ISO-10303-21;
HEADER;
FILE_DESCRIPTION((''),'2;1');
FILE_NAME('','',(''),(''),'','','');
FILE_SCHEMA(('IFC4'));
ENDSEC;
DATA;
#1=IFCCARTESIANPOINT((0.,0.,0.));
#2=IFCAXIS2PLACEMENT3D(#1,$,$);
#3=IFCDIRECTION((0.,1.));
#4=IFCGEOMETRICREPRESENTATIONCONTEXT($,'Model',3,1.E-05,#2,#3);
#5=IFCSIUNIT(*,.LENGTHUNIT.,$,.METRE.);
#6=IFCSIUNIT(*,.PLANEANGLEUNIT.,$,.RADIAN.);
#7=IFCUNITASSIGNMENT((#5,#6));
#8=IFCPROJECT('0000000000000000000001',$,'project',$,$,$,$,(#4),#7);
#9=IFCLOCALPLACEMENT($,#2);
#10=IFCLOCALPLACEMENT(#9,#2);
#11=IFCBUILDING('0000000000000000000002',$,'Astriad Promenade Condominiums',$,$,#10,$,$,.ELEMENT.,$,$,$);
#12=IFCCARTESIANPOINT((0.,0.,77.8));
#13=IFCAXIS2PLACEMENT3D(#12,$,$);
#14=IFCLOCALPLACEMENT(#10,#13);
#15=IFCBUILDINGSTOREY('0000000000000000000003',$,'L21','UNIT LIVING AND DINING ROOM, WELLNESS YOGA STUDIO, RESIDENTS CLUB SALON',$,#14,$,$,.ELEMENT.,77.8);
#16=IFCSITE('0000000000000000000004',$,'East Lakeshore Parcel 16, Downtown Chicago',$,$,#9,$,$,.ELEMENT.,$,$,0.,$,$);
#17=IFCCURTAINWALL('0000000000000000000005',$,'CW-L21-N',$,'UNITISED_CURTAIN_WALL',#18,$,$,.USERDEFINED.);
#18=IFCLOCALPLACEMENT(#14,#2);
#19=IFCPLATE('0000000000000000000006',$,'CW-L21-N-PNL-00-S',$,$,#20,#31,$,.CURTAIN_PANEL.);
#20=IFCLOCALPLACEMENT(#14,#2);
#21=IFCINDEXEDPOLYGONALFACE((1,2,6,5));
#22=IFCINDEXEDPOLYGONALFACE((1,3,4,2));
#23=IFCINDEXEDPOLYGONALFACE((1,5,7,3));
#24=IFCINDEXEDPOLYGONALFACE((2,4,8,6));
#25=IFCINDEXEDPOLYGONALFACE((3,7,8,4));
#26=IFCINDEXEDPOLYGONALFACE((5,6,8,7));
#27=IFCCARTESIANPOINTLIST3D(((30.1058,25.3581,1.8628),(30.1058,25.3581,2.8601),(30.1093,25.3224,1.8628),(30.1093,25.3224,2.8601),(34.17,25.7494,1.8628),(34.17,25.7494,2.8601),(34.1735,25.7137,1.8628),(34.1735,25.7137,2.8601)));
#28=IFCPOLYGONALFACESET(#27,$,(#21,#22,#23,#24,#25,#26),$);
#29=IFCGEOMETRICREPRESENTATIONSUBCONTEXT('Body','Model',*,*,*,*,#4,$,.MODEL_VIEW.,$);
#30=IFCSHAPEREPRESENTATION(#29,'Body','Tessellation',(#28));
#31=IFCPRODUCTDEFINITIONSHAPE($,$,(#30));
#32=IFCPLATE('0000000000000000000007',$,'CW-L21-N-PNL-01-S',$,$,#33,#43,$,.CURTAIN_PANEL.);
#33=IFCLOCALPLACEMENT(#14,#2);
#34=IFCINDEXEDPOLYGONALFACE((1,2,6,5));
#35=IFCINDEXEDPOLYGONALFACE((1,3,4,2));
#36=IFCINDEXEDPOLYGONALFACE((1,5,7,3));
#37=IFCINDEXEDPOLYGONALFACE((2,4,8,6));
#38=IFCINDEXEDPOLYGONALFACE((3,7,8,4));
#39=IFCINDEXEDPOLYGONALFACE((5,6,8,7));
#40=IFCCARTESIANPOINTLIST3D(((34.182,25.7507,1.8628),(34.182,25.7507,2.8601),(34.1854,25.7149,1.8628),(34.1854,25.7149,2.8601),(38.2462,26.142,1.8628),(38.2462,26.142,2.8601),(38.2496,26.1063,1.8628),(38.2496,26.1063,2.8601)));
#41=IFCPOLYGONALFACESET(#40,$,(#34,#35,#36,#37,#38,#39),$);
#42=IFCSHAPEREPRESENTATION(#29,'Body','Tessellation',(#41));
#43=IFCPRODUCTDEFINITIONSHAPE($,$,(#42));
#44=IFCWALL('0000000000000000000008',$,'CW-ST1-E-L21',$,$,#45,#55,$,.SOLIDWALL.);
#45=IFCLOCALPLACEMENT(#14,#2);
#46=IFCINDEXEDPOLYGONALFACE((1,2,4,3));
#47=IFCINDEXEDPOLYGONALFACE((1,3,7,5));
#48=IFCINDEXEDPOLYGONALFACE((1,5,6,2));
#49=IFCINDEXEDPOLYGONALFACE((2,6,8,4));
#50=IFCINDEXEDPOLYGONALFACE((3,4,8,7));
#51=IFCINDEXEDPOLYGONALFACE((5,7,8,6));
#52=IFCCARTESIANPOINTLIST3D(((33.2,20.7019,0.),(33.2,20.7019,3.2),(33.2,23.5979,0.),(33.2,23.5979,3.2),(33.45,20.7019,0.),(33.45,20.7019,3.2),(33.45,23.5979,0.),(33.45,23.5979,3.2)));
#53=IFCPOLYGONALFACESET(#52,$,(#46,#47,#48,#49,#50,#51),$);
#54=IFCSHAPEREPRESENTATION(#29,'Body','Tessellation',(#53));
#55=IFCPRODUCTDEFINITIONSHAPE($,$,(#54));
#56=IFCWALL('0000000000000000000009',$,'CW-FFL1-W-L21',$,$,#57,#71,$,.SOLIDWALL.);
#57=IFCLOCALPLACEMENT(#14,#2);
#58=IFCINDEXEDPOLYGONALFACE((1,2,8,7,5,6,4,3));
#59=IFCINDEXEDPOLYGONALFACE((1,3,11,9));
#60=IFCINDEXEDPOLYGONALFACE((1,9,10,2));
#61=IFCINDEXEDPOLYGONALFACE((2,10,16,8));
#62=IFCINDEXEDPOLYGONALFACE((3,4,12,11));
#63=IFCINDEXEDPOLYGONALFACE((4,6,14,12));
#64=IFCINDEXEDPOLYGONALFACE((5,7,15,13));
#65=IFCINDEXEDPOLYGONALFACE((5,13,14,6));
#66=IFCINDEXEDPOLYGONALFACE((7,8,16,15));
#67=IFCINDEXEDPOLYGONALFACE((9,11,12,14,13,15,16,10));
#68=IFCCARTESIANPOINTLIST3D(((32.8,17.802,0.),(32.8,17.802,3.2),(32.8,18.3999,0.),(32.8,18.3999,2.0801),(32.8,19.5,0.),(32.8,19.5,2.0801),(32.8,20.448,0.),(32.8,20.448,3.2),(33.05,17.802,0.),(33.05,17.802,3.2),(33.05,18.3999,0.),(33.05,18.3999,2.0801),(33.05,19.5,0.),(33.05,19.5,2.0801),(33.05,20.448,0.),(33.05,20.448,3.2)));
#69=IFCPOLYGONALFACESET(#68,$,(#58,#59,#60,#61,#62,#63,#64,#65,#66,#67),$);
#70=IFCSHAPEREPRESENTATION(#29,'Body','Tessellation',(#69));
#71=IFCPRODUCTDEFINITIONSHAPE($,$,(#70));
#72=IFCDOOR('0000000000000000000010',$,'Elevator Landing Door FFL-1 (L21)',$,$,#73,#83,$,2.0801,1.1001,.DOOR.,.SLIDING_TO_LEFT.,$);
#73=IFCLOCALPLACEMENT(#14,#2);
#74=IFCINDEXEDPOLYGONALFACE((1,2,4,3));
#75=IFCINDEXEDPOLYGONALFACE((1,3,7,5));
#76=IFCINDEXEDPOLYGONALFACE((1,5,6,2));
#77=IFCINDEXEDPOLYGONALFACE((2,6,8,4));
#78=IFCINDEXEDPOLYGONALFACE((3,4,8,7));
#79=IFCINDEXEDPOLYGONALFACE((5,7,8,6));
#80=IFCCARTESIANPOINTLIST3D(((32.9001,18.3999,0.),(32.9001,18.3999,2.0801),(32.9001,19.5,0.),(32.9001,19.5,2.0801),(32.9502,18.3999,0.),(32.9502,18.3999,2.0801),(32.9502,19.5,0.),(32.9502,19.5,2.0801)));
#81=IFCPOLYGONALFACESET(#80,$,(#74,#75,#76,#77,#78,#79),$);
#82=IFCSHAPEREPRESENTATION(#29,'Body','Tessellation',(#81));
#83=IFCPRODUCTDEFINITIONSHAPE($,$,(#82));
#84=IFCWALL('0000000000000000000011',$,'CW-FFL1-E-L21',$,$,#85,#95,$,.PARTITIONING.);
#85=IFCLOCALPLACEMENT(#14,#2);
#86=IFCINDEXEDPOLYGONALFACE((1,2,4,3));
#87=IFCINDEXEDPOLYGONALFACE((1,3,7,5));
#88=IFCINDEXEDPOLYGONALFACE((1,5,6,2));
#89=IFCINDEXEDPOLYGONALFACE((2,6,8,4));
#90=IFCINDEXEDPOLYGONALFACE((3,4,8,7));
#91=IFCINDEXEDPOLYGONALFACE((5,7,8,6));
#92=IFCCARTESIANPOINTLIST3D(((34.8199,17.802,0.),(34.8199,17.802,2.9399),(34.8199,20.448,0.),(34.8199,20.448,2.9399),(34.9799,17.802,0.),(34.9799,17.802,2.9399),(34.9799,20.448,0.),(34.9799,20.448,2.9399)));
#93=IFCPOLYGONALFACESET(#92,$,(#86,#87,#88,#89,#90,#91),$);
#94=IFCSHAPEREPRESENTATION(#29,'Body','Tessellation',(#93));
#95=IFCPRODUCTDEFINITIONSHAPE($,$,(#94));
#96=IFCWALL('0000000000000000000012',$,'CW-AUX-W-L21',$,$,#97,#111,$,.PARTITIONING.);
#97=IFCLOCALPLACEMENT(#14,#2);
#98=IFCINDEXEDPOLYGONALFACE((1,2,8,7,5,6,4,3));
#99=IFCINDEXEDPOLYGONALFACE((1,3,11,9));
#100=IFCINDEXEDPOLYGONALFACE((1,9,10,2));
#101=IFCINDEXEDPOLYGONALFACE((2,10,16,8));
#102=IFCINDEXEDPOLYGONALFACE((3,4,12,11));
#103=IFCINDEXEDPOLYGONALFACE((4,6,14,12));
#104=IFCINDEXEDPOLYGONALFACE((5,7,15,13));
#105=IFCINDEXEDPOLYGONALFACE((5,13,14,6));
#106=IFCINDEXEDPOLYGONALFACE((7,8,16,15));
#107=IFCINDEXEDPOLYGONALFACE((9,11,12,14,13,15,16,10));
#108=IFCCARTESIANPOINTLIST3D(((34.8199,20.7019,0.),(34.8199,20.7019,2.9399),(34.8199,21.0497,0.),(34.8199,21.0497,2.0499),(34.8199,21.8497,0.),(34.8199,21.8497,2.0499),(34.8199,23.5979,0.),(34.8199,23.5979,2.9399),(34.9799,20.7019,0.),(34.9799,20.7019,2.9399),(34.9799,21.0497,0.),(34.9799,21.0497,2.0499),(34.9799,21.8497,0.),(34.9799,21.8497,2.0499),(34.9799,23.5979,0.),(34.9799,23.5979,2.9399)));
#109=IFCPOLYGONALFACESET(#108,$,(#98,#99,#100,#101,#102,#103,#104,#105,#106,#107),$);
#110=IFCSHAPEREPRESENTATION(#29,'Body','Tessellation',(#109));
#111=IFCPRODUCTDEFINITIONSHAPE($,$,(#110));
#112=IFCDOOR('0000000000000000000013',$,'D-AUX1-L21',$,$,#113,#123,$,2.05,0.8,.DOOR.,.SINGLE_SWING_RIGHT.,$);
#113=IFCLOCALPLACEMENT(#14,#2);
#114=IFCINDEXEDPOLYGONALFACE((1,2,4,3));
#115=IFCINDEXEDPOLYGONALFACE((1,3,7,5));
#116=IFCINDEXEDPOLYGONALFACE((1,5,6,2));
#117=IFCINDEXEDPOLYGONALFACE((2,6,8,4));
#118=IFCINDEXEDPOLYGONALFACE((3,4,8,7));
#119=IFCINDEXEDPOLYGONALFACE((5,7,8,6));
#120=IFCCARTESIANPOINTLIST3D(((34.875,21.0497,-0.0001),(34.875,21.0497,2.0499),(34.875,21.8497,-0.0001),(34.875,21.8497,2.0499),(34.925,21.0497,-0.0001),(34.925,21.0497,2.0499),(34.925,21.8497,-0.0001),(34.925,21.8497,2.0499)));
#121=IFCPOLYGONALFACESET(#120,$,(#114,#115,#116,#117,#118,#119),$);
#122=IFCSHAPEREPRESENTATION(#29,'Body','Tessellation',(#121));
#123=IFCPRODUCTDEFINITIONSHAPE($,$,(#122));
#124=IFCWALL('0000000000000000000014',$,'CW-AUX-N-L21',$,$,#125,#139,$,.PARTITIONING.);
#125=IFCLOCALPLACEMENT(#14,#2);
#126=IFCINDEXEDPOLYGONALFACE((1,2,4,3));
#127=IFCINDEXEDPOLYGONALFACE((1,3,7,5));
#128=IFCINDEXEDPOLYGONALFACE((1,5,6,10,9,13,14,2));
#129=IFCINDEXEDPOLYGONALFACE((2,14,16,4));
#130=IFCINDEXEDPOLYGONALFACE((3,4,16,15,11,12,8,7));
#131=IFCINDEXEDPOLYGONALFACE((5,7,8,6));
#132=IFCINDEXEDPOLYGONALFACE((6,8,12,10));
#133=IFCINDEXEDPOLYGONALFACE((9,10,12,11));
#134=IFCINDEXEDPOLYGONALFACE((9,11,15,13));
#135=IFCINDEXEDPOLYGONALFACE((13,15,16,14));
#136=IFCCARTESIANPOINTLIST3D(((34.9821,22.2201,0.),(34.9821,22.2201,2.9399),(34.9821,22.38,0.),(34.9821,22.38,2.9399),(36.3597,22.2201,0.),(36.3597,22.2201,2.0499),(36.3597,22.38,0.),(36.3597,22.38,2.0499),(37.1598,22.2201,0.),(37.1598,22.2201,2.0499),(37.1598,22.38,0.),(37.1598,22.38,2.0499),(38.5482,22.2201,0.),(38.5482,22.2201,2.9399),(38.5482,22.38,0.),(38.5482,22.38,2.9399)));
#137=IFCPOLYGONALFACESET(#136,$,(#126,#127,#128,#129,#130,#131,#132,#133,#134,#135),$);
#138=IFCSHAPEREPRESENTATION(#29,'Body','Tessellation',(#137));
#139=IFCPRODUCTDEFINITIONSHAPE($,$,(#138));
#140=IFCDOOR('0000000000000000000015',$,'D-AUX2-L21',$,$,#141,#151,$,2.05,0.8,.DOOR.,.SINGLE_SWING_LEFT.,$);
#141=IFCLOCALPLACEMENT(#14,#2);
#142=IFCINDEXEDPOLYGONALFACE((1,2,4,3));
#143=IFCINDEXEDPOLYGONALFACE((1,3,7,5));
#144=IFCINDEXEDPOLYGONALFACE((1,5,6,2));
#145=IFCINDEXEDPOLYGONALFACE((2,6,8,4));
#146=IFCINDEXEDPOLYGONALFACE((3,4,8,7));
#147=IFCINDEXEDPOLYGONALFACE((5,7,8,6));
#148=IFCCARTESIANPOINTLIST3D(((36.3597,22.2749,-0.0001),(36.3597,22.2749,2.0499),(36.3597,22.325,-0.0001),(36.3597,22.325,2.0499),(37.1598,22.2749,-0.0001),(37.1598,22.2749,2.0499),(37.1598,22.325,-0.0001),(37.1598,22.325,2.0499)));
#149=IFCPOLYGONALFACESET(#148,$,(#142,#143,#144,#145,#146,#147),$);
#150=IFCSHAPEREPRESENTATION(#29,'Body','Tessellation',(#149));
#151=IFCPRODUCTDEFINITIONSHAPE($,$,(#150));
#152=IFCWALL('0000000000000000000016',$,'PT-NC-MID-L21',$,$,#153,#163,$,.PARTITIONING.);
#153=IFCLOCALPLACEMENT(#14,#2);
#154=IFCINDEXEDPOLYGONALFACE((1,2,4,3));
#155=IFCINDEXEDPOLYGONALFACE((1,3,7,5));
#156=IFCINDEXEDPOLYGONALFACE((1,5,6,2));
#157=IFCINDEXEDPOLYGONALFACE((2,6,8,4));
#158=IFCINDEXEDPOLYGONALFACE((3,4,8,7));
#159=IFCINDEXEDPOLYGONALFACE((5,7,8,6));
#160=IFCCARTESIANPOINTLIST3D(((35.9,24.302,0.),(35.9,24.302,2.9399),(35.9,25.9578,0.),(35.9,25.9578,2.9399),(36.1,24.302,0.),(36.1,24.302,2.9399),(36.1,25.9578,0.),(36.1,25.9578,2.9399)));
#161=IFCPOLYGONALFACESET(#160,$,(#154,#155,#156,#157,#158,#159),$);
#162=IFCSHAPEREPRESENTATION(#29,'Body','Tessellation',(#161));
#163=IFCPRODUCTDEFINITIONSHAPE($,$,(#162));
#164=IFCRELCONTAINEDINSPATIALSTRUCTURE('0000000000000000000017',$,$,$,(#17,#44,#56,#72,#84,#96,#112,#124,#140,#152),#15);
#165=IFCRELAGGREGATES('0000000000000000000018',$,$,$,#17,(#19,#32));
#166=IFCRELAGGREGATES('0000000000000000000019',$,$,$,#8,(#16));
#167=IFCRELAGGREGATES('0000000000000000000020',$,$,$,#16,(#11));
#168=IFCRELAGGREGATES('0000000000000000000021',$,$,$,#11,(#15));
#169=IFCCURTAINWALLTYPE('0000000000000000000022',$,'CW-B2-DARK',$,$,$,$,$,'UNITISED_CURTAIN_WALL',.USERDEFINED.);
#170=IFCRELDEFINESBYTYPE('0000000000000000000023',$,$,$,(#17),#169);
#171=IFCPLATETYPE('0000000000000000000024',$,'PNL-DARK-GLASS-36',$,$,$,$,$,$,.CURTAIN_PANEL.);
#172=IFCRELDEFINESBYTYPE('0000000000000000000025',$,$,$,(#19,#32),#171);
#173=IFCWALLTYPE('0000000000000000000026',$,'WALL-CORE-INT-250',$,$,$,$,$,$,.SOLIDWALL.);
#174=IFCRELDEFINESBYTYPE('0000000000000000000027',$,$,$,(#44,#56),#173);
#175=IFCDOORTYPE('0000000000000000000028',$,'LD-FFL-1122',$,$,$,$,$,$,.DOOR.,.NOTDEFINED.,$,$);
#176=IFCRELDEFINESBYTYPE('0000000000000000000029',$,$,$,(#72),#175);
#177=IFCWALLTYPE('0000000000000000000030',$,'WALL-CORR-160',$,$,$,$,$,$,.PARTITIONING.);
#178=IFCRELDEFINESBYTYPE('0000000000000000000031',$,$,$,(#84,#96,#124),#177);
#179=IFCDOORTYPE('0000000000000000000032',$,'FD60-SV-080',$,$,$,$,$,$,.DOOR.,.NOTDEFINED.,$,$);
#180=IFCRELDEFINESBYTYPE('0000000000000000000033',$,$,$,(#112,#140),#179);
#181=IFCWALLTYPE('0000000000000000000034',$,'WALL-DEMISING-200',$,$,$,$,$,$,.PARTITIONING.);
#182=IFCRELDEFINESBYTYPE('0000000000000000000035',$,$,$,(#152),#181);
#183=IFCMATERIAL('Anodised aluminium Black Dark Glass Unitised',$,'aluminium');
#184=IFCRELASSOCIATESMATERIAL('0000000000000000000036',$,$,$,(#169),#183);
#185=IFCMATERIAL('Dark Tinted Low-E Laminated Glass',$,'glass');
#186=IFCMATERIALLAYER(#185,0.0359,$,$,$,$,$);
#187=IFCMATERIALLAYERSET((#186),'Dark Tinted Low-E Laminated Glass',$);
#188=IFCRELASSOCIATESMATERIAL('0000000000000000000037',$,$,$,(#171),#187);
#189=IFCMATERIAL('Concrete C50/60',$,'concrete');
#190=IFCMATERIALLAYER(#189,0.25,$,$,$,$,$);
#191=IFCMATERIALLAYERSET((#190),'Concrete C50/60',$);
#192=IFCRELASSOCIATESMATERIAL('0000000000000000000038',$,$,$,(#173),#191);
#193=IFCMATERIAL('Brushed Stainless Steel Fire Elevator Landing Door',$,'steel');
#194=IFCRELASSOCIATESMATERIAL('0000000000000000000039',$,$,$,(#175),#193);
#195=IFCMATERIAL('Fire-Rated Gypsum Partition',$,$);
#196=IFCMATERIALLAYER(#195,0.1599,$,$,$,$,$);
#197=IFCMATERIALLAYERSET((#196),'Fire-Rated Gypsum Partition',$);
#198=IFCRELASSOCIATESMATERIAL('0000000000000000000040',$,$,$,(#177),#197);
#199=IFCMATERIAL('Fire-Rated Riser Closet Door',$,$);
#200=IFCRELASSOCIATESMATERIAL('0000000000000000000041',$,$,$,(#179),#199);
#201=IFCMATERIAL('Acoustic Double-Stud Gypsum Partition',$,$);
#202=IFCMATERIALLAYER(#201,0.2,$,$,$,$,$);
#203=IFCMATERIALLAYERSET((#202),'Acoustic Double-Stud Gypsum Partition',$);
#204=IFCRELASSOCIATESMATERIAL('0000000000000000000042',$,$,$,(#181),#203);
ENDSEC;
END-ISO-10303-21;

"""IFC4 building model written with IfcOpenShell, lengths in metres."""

from ifc_helpers import new_model, si_unit, direction, frame, frame_2d, origin, origin_2d, place, context, subcontext, project, spatial, rectangle, extrude, source, transform, mapped, material, layer, layer_set, type_object, type_shapes, element, fill, aggregate, save


model = new_model("IFC4")

# Units and contexts
model_context = context("Model", 3, precision=1e-05, world=origin(), true_north=direction((0.0, 1.0)))
body_context = subcontext(model_context, "Body", "Model", "MODEL_VIEW")
ifc_project = project(units=[si_unit("LENGTHUNIT", "METRE"), si_unit("PLANEANGLEUNIT", "RADIAN")], contexts=[model_context])

# Site, building, storey
site_placement = place(None, origin())
site = spatial("IfcSite", under=ifc_project, at=site_placement, Name="East Lakeshore Parcel 16, Downtown Chicago", CompositionType="ELEMENT", RefElevation=0.0)
building_placement = place(site_placement, origin())
building = spatial("IfcBuilding", under=site, at=building_placement, Name="Astriad Promenade Condominiums", CompositionType="ELEMENT")
storey_placement = place(building_placement, frame((0.0, 0.0, 77.8)))
storey = spatial("IfcBuildingStorey", under=building, at=storey_placement, Name="L21", Description="UNIT LIVING AND DINING ROOM, WELLNESS YOGA STUDIO, RESIDENTS CLUB SALON", CompositionType="ELEMENT", Elevation=77.8)

# Curtain wall, plates
ifc_material_1 = material(Name="Anodised aluminium Black Dark Glass Unitised", Category="aluminium")
curtain_wall_type = type_object("IfcCurtainWallType", Name="CW-B2-DARK", ElementType="UNITISED_CURTAIN_WALL", PredefinedType="USERDEFINED", material=ifc_material_1)
curtain_wall_placement = place(storey_placement, origin())
curtain_wall = element("IfcCurtainWall", 1, at=curtain_wall_placement, inside=storey, type_object=curtain_wall_type, Name="CW-L21-N", ObjectType="UNITISED_CURTAIN_WALL", PredefinedType="USERDEFINED")
ifc_material_2 = material(Name="Dark Tinted Low-E Laminated Glass", Category="glass")
ifc_layer_1 = layer(ifc_material_2, 0.0359)
ifc_layer_set_1 = layer_set([ifc_layer_1], Name="Dark Tinted Low-E Laminated Glass")
plate_type = type_object("IfcPlateType", Name="PNL-DARK-GLASS-36", PredefinedType="CURTAIN_PANEL", material=ifc_layer_set_1)
shared_shape_1 = source(origin(), body_context, "Body", "SweptSolid", [
    extrude(rectangle(XDim=4.083, YDim=0.0359, at=origin_2d()), origin(), (0.0, 0.0, 1.0), 0.9973),
])
plate_1_placement = place(storey_placement, frame((32.1396, 25.5359, 1.8628), z_axis=(0.0, 0.0, 1.0), x_axis=(0.995396, 0.095846, 0.0)))
plate_1 = element("IfcPlate", 2, at=plate_1_placement, type_object=plate_type, Name="CW-L21-N-PNL-00-S", PredefinedType="CURTAIN_PANEL", context=body_context, shape_type="MappedRepresentation", body=[
    mapped(shared_shape_1, transform((0.0, 0.0, 0.0), scale=1.0)),
])
plate_2_placement = place(storey_placement, frame((36.2158, 25.9285, 1.8628), z_axis=(0.0, 0.0, 1.0), x_axis=(0.995396, 0.095846, 0.0)))
plate_2 = element("IfcPlate", 3, at=plate_2_placement, type_object=plate_type, Name="CW-L21-N-PNL-01-S", PredefinedType="CURTAIN_PANEL", context=body_context, shape_type="MappedRepresentation", body=[
    mapped(shared_shape_1, transform((0.0, 0.0, 0.0), scale=1.0)),
])
aggregate(curtain_wall, [plate_1, plate_2])

# Wall
ifc_material_3 = material(Name="Concrete C50/60", Category="concrete")
ifc_layer_2 = layer(ifc_material_3, 0.25)
ifc_layer_set_2 = layer_set([ifc_layer_2], Name="Concrete C50/60")
wall_type_1 = type_object("IfcWallType", Name="WALL-CORE-INT-250", PredefinedType="SOLIDWALL", material=ifc_layer_set_2)
wall_1_placement = place(storey_placement, frame((33.325, 20.7019, 0.0), z_axis=(0.0, 0.0, 1.0), x_axis=(0.0, 1.0, 0.0)))
element("IfcWall", 4, at=wall_1_placement, inside=storey, type_object=wall_type_1, Name="CW-ST1-E-L21", PredefinedType="SOLIDWALL", context=body_context, shape_type="SweptSolid", body=[
    extrude(rectangle(XDim=2.896, YDim=0.25, at=frame_2d((1.448, 0.0))), origin(), (0.0, 0.0, 1.0), 3.2),
])

# Wall, opening, door
wall_2_placement = place(storey_placement, frame((32.925, 17.802, 0.0), z_axis=(0.0, 0.0, 1.0), x_axis=(0.0, 1.0, 0.0)))
wall_2 = element("IfcWall", 5, at=wall_2_placement, inside=storey, type_object=wall_type_1, Name="CW-FFL1-W-L21", PredefinedType="SOLIDWALL", context=body_context, shape_type="SweptSolid", body=[
    extrude(rectangle(XDim=2.646, YDim=0.25, at=frame_2d((1.323, 0.0))), origin(), (0.0, 0.0, 1.0), 3.2),
])
opening_1_placement = place(wall_2_placement, frame((0.5979, 0.0, 0.0)))
opening_1 = element("IfcOpeningElement", 6, at=opening_1_placement, cuts=wall_2, PredefinedType="OPENING", context=body_context, shape_type="SweptSolid", body=[
    extrude(rectangle(XDim=1.1001, YDim=2.0801, at=frame_2d((0.55, 1.04))), frame((0.0, 0.135, 0.0), z_axis=(0.0, -1.0, 0.0), x_axis=(1.0, 0.0, 0.0)), (0.0, 0.0, 1.0), 0.27),
])
ifc_material_4 = material(Name="Brushed Stainless Steel Fire Elevator Landing Door", Category="steel")
door_type_1 = type_object("IfcDoorType", Name="LD-FFL-1122", OperationType="NOTDEFINED", PredefinedType="DOOR", material=ifc_material_4)
shared_shape_2 = source(origin(), body_context, "Body", "SweptSolid", [
    extrude(rectangle(XDim=1.1001, YDim=2.0801, at=frame_2d((0.55, 1.04))), frame((0.0, 0.0249, 0.0), z_axis=(0.0, -1.0, 0.0), x_axis=(1.0, 0.0, 0.0)), (0.0, 0.0, 1.0), 0.05),
])
type_shapes(door_type_1, [shared_shape_2])
door_1_placement = place(opening_1_placement, origin())
door_1 = element("IfcDoor", 7, at=door_1_placement, inside=storey, type_object=door_type_1, Name="Elevator Landing Door FFL-1 (L21)", OperationType="SLIDING_TO_LEFT", OverallHeight=2.0801, OverallWidth=1.1001, PredefinedType="DOOR", context=body_context, shape_type="MappedRepresentation", body=[
    mapped(shared_shape_2, transform((0.0, 0.0, 0.0), scale=1.0)),
])
fill(opening_1, door_1)

# Wall
ifc_material_5 = material(Name="Fire-Rated Gypsum Partition")
ifc_layer_3 = layer(ifc_material_5, 0.1599)
ifc_layer_set_3 = layer_set([ifc_layer_3], Name="Fire-Rated Gypsum Partition")
wall_type_2 = type_object("IfcWallType", Name="WALL-CORR-160", PredefinedType="PARTITIONING", material=ifc_layer_set_3)
wall_3_placement = place(storey_placement, frame((34.8999, 17.802, 0.0), z_axis=(0.0, 0.0, 1.0), x_axis=(0.0, 1.0, 0.0)))
element("IfcWall", 8, at=wall_3_placement, inside=storey, type_object=wall_type_2, Name="CW-FFL1-E-L21", PredefinedType="PARTITIONING", context=body_context, shape_type="SweptSolid", body=[
    extrude(rectangle(XDim=2.646, YDim=0.1599, at=frame_2d((1.323, 0.0))), origin(), (0.0, 0.0, 1.0), 2.9399),
])

# Walls, openings, doors
wall_4_placement = place(storey_placement, frame((34.8999, 20.7019, 0.0), z_axis=(0.0, 0.0, 1.0), x_axis=(0.0, 1.0, 0.0)))
wall_4 = element("IfcWall", 9, at=wall_4_placement, inside=storey, type_object=wall_type_2, Name="CW-AUX-W-L21", PredefinedType="PARTITIONING", context=body_context, shape_type="SweptSolid", body=[
    extrude(rectangle(XDim=2.896, YDim=0.1599, at=frame_2d((1.448, 0.0))), origin(), (0.0, 0.0, 1.0), 2.9399),
])
opening_2_placement = place(wall_4_placement, frame((0.3479, 0.0, 0.0)))
opening_2 = element("IfcOpeningElement", 10, at=opening_2_placement, cuts=wall_4, PredefinedType="OPENING", context=body_context, shape_type="SweptSolid", body=[
    extrude(rectangle(XDim=0.8, YDim=2.05, at=frame_2d((0.3999, 1.0249))), frame((0.0, 0.0898, 0.0), z_axis=(0.0, -1.0, 0.0), x_axis=(1.0, 0.0, 0.0)), (0.0, 0.0, 1.0), 0.1799),
])
ifc_material_6 = material(Name="Fire-Rated Riser Closet Door")
door_type_2 = type_object("IfcDoorType", Name="FD60-SV-080", OperationType="NOTDEFINED", PredefinedType="DOOR", material=ifc_material_6)
shared_shape_3 = source(origin(), body_context, "Body", "SweptSolid", [
    extrude(rectangle(XDim=0.8, YDim=2.05, at=frame_2d((0.3999, 1.0249))), frame((0.0, 0.0249, 0.0), z_axis=(0.0, -1.0, 0.0), x_axis=(1.0, 0.0, 0.0)), (0.0, 0.0, 1.0), 0.05),
])
type_shapes(door_type_2, [shared_shape_3])
door_2_placement = place(opening_2_placement, origin())
door_2 = element("IfcDoor", 11, at=door_2_placement, inside=storey, type_object=door_type_2, Name="D-AUX1-L21", OperationType="SINGLE_SWING_RIGHT", OverallHeight=2.05, OverallWidth=0.8, PredefinedType="DOOR", context=body_context, shape_type="MappedRepresentation", body=[
    mapped(shared_shape_3, transform((0.0, 0.0, 0.0), scale=1.0)),
])
fill(opening_2, door_2)
wall_5_placement = place(storey_placement, frame((34.9819, 22.3, 0.0), z_axis=(0.0, 0.0, 1.0), x_axis=(1.0, 0.0, 0.0)))
wall_5 = element("IfcWall", 12, at=wall_5_placement, inside=storey, type_object=wall_type_2, Name="CW-AUX-N-L21", PredefinedType="PARTITIONING", context=body_context, shape_type="SweptSolid", body=[
    extrude(rectangle(XDim=3.5662, YDim=0.1599, at=frame_2d((1.7832, 0.0))), origin(), (0.0, 0.0, 1.0), 2.9399),
])
opening_3_placement = place(wall_5_placement, frame((1.3779, 0.0, 0.0)))
opening_3 = element("IfcOpeningElement", 13, at=opening_3_placement, cuts=wall_5, PredefinedType="OPENING", context=body_context, shape_type="SweptSolid", body=[
    extrude(rectangle(XDim=0.8, YDim=2.05, at=frame_2d((0.3999, 1.0249))), frame((0.0, 0.0898, 0.0), z_axis=(0.0, -1.0, 0.0), x_axis=(1.0, 0.0, 0.0)), (0.0, 0.0, 1.0), 0.1799),
])
door_3_placement = place(opening_3_placement, origin())
door_3 = element("IfcDoor", 14, at=door_3_placement, inside=storey, type_object=door_type_2, Name="D-AUX2-L21", OperationType="SINGLE_SWING_LEFT", OverallHeight=2.05, OverallWidth=0.8, PredefinedType="DOOR", context=body_context, shape_type="MappedRepresentation", body=[
    mapped(shared_shape_3, transform((0.0, 0.0, 0.0), scale=1.0)),
])
fill(opening_3, door_3)

# Wall
ifc_material_7 = material(Name="Acoustic Double-Stud Gypsum Partition")
ifc_layer_4 = layer(ifc_material_7, 0.2)
ifc_layer_set_4 = layer_set([ifc_layer_4], Name="Acoustic Double-Stud Gypsum Partition")
wall_type_3 = type_object("IfcWallType", Name="WALL-DEMISING-200", PredefinedType="PARTITIONING", material=ifc_layer_set_4)
wall_6_placement = place(storey_placement, frame((36.0, 24.302, 0.0), z_axis=(0.0, 0.0, 1.0), x_axis=(0.0, 1.0, 0.0)))
element("IfcWall", 15, at=wall_6_placement, inside=storey, type_object=wall_type_3, Name="PT-NC-MID-L21", PredefinedType="PARTITIONING", context=body_context, shape_type="SweptSolid", body=[
    extrude(rectangle(XDim=1.6558, YDim=0.2, at=frame_2d((0.8279, 0.0))), origin(), (0.0, 0.0, 1.0), 2.9399),
])

save(model, "model.ifc")
